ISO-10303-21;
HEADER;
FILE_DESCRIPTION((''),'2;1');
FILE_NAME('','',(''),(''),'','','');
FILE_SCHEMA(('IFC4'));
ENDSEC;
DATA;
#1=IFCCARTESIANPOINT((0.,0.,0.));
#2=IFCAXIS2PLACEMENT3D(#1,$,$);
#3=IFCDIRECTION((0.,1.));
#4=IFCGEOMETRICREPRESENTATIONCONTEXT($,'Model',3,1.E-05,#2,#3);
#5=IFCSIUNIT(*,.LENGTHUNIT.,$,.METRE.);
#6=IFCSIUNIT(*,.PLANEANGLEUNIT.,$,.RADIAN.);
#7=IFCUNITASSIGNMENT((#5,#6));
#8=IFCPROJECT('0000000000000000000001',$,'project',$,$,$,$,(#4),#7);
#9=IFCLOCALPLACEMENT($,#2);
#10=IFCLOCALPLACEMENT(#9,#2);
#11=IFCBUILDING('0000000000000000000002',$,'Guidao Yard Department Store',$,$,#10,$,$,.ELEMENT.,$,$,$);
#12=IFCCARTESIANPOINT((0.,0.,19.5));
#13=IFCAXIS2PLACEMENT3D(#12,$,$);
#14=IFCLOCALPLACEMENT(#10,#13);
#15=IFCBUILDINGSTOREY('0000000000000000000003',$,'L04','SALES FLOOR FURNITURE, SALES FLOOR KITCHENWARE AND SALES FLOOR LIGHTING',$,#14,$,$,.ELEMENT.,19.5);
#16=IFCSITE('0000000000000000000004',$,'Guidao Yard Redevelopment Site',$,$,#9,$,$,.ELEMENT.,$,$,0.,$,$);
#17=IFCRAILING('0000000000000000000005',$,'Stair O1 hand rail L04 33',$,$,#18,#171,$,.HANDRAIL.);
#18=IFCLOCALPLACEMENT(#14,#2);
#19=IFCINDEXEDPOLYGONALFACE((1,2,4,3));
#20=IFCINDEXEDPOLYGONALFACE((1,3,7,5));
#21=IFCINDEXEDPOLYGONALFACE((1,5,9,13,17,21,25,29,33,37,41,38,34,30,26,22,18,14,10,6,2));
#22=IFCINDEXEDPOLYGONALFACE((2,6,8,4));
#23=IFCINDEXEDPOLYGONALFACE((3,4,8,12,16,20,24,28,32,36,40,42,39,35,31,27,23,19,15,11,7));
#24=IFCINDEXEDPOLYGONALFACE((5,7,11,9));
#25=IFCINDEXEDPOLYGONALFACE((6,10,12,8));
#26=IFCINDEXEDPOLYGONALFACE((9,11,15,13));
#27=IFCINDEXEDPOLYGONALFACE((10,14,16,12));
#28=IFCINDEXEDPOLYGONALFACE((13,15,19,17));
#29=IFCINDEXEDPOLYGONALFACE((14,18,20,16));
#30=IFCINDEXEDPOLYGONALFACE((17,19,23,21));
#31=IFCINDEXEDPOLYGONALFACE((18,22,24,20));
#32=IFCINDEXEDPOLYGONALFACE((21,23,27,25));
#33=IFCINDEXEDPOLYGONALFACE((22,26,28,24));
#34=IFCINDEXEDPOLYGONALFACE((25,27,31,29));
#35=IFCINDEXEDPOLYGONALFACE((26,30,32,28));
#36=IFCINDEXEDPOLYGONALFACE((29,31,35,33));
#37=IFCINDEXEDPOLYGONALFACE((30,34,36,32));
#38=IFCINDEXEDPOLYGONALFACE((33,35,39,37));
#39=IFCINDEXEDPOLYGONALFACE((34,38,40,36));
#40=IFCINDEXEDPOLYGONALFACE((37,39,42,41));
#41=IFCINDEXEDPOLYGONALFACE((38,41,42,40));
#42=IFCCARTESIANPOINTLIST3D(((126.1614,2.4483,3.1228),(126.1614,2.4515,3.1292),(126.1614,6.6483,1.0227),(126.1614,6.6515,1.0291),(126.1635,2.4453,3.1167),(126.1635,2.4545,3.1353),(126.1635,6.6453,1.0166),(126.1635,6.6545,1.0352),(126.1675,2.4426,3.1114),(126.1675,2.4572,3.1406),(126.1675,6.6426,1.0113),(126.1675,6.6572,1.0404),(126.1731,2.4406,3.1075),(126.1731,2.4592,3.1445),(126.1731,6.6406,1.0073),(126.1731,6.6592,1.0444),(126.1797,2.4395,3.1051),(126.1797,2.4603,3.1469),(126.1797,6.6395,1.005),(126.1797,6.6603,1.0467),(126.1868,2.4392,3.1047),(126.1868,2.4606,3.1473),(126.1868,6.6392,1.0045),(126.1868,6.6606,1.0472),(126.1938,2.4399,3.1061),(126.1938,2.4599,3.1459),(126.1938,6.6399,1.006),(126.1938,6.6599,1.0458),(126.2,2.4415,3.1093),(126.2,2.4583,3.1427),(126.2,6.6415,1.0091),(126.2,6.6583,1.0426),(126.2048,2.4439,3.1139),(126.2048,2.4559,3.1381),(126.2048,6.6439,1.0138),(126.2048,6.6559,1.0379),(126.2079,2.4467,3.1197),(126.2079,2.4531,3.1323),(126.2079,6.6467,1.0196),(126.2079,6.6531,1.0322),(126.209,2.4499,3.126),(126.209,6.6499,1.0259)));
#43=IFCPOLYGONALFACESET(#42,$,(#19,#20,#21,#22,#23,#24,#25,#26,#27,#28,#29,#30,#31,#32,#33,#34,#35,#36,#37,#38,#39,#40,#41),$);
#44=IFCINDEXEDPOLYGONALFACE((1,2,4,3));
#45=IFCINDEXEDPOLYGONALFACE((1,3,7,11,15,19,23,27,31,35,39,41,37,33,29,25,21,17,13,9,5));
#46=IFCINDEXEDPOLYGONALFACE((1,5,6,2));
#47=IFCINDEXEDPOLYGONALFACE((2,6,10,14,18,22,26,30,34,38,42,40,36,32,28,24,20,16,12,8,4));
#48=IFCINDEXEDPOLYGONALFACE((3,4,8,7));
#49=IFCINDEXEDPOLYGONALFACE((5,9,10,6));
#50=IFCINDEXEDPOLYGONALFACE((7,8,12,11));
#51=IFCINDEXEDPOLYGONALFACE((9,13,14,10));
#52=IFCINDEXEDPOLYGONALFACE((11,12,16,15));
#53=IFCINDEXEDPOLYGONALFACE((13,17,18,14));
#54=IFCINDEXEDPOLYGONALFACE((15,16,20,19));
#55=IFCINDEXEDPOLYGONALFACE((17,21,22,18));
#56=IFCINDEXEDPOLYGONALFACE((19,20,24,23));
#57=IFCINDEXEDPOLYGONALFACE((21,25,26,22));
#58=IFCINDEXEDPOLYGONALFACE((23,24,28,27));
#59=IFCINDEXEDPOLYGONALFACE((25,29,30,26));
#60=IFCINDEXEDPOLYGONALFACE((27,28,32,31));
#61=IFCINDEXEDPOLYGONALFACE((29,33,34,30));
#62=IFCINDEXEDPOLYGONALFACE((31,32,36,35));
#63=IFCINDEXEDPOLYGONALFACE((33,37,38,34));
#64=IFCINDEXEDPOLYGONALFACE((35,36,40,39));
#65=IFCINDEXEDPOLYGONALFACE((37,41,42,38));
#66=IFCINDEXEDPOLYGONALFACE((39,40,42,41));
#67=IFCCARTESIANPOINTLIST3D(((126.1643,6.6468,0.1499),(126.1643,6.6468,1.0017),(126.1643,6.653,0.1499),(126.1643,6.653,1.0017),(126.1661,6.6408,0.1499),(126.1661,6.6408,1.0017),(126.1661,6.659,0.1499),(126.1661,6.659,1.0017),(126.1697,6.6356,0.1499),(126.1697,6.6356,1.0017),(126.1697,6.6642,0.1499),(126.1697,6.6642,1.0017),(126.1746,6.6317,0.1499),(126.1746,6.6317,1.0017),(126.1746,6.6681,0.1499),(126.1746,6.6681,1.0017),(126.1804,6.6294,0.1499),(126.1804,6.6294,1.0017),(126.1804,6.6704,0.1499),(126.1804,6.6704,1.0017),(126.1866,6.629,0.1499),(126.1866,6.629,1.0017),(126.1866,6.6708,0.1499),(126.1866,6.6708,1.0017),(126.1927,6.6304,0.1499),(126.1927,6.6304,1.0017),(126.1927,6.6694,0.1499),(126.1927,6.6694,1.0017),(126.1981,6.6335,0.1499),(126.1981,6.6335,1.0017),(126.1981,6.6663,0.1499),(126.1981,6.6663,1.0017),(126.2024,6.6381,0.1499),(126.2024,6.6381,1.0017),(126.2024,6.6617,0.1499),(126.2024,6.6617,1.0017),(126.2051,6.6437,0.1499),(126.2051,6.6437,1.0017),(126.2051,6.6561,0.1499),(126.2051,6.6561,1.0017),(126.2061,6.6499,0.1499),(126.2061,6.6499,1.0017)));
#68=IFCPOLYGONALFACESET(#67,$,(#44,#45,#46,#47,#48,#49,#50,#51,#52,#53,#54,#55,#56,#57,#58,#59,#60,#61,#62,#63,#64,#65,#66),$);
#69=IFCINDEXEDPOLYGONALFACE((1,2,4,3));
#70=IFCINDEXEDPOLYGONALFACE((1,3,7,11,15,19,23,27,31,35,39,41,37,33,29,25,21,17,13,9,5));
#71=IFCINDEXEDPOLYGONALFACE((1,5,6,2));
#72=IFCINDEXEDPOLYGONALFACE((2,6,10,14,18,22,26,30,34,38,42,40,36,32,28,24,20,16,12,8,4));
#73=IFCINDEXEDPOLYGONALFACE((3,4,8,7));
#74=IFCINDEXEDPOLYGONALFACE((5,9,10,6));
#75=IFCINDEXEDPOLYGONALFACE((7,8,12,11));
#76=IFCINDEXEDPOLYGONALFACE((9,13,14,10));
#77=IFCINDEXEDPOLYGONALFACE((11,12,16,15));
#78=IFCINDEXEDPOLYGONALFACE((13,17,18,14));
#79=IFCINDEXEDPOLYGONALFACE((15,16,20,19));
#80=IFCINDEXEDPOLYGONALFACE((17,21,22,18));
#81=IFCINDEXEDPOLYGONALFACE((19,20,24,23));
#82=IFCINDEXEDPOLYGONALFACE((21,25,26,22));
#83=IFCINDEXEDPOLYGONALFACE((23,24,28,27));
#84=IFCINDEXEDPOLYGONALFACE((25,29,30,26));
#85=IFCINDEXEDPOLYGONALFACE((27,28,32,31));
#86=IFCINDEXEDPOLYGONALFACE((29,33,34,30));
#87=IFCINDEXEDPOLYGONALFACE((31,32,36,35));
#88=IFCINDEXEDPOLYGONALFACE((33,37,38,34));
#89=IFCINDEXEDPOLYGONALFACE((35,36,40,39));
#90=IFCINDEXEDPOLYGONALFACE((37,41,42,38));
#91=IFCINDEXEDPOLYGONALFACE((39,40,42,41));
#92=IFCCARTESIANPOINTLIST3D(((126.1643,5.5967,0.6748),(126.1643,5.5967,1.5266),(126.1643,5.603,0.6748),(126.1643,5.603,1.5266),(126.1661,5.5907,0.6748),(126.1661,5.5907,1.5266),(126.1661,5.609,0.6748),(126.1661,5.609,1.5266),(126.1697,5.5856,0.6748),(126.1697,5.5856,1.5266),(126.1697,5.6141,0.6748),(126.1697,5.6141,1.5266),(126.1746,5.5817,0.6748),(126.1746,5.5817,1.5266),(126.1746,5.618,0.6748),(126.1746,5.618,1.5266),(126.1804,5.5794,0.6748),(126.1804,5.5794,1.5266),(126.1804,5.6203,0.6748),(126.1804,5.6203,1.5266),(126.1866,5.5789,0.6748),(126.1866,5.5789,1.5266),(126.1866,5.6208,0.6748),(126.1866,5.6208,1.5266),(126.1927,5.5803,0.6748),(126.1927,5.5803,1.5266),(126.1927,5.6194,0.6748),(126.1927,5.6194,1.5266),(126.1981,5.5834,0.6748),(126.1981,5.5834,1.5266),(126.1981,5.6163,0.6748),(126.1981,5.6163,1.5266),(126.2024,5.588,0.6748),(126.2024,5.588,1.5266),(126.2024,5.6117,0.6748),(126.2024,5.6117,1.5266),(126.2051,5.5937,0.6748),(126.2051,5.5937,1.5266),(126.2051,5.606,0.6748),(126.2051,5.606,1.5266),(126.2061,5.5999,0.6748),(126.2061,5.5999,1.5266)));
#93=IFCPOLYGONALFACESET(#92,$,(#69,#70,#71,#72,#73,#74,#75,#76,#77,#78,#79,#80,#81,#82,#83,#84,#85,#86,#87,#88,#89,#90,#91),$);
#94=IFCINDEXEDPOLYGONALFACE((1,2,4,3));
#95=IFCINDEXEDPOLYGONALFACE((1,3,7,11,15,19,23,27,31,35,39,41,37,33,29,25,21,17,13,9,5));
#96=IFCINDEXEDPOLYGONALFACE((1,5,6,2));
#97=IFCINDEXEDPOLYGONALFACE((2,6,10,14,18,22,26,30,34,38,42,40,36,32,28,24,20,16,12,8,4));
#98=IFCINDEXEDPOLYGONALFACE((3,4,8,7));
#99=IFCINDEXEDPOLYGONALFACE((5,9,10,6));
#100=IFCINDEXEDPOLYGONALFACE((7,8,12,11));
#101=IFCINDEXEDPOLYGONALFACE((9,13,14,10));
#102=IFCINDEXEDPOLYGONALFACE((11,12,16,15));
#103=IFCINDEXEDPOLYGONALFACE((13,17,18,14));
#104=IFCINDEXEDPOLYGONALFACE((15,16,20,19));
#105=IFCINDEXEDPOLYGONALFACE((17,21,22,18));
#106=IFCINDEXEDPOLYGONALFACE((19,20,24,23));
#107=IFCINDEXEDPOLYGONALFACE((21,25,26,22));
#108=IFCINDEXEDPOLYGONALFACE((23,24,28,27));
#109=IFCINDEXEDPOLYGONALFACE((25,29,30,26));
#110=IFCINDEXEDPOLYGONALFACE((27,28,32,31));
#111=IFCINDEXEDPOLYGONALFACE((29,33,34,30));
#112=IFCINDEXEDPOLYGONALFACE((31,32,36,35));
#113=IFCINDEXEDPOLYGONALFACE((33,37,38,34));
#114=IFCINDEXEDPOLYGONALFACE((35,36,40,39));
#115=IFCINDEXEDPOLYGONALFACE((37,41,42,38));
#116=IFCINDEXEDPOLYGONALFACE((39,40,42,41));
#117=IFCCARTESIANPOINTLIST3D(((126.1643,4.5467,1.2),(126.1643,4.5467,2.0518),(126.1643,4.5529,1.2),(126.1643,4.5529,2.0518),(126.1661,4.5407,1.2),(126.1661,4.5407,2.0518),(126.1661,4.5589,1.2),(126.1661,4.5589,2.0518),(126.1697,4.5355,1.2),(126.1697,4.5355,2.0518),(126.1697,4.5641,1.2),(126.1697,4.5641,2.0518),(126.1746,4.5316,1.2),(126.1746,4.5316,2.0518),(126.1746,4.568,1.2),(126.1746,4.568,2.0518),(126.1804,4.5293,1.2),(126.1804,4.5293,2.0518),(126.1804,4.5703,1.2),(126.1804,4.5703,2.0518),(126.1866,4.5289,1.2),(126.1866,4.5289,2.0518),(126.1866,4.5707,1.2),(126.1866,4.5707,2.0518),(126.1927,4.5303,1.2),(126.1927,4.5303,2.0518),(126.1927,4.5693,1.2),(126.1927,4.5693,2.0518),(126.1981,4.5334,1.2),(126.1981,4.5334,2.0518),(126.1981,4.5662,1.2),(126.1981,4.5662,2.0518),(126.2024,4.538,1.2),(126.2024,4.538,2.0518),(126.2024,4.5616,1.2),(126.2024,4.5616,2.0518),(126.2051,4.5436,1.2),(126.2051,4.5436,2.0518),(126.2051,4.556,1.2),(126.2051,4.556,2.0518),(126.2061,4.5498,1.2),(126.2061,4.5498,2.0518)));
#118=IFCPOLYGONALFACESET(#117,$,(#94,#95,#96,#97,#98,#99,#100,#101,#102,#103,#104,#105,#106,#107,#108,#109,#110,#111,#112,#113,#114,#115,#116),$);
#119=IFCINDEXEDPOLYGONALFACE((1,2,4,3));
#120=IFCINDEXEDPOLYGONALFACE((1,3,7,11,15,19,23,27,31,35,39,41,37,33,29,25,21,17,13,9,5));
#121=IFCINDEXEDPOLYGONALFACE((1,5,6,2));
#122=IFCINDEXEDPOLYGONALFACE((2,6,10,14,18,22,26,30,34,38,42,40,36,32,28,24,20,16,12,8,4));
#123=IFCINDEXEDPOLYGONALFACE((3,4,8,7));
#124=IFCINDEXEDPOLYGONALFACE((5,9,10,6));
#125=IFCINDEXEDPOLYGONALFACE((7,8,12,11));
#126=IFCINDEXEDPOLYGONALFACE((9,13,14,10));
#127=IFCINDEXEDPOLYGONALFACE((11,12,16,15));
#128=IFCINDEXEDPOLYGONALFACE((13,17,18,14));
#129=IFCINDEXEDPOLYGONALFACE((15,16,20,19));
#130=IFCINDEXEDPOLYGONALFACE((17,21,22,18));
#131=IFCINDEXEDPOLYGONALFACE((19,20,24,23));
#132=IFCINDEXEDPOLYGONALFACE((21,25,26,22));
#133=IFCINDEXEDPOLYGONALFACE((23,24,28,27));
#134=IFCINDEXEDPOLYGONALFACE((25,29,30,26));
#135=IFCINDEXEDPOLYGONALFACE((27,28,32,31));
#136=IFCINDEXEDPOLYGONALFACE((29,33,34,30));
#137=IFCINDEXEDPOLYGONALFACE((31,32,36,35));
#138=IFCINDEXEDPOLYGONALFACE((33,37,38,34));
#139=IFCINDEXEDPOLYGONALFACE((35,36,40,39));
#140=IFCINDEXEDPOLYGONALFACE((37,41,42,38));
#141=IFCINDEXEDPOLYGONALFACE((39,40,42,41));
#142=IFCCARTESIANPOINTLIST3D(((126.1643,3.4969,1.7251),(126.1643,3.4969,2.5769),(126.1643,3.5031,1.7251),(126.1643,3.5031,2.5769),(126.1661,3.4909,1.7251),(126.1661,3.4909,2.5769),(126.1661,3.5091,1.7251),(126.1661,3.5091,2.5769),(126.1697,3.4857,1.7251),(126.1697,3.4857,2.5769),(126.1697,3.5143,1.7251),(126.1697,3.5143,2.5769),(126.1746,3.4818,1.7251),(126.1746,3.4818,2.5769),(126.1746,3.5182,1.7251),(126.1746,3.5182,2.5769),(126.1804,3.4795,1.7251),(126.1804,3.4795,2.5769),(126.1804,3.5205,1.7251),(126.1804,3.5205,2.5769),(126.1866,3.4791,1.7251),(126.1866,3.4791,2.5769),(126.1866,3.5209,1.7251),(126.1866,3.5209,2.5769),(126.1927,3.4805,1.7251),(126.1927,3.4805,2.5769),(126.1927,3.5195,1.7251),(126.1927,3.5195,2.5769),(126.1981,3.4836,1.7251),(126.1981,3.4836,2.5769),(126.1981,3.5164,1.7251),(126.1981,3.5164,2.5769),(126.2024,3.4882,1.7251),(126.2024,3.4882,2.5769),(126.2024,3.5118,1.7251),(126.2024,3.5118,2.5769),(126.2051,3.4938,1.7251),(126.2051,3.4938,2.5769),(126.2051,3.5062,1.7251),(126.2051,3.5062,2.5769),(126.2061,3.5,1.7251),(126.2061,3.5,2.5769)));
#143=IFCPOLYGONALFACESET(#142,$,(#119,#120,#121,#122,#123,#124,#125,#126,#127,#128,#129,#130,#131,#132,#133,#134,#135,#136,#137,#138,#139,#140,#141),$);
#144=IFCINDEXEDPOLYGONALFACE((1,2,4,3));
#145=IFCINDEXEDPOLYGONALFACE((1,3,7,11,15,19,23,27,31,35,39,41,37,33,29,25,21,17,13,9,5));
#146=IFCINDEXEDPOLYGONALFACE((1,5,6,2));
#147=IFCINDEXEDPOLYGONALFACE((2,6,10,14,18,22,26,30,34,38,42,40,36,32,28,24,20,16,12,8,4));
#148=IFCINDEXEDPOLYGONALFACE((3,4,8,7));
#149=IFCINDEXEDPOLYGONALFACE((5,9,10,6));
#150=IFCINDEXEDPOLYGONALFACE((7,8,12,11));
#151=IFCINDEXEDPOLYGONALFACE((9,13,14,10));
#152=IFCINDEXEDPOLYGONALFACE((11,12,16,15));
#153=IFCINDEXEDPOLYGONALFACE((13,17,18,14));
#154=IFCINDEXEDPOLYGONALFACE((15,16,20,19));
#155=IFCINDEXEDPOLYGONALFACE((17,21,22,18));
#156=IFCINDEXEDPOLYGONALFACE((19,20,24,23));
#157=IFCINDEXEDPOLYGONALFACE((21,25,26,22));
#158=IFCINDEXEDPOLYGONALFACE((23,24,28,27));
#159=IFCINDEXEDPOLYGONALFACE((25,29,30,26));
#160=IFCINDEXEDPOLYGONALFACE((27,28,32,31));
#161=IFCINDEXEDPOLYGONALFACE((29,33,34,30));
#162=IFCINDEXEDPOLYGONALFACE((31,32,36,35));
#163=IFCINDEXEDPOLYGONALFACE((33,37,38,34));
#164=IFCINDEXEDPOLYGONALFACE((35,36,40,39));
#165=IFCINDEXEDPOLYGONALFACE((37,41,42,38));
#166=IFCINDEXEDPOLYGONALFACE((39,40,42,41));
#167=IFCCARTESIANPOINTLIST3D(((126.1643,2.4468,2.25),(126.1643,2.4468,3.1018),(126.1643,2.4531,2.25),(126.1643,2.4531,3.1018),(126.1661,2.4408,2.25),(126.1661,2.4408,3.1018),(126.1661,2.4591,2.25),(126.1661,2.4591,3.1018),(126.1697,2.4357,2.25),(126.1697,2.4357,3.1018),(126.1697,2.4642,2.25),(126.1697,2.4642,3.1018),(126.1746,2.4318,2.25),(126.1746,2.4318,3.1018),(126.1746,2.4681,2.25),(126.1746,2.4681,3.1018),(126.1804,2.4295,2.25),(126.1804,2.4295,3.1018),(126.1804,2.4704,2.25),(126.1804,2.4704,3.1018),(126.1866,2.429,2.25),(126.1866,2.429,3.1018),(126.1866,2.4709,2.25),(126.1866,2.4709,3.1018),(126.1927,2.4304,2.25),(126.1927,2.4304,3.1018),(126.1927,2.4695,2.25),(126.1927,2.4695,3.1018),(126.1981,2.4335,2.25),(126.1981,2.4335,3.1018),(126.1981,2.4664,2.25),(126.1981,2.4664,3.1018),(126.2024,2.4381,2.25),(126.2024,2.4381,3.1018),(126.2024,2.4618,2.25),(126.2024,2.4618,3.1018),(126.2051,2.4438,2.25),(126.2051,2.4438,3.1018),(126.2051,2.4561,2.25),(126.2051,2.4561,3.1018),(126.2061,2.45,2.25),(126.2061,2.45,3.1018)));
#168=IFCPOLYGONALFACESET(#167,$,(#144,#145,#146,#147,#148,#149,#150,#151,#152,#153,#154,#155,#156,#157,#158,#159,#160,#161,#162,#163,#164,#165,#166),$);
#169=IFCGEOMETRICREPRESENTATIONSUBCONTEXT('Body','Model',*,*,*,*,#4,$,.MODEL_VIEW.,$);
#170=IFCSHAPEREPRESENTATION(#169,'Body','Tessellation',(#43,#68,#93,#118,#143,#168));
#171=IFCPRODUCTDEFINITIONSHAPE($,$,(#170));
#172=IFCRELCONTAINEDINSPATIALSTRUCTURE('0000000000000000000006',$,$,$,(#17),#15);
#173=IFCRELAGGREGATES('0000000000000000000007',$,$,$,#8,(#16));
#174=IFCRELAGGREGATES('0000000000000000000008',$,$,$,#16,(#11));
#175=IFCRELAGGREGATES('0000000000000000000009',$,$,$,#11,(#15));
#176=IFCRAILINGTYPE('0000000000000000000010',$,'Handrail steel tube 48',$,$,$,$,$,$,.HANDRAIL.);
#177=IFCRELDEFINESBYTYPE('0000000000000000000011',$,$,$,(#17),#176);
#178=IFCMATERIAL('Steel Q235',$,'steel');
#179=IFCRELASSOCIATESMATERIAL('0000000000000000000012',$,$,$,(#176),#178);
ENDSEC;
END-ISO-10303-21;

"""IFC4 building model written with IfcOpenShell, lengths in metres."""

from ifc_helpers import new_model, si_unit, direction, frame, origin, origin_2d, place, context, subcontext, project, spatial, circle, extrude, material, type_object, element, save


model = new_model("IFC4")

# Units and contexts
model_context = context("Model", 3, precision=1e-05, world=origin(), true_north=direction((0.0, 1.0)))
body_context = subcontext(model_context, "Body", "Model", "MODEL_VIEW")
ifc_project = project(units=[si_unit("LENGTHUNIT", "METRE"), si_unit("PLANEANGLEUNIT", "RADIAN")], contexts=[model_context])

# Site, building, storey
site_placement = place(None, origin())
site = spatial("IfcSite", under=ifc_project, at=site_placement, Name="Guidao Yard Redevelopment Site", CompositionType="ELEMENT", RefElevation=0.0)
building_placement = place(site_placement, origin())
building = spatial("IfcBuilding", under=site, at=building_placement, Name="Guidao Yard Department Store", CompositionType="ELEMENT")
storey_placement = place(building_placement, frame((0.0, 0.0, 19.5)))
storey = spatial("IfcBuildingStorey", under=building, at=storey_placement, Name="L04", Description="SALES FLOOR FURNITURE, SALES FLOOR KITCHENWARE AND SALES FLOOR LIGHTING", CompositionType="ELEMENT", Elevation=19.5)

# Railing
ifc_material_1 = material(Name="Steel Q235", Category="steel")
railing_type_1 = type_object("IfcRailingType", Name="Handrail steel tube 48", PredefinedType="HANDRAIL", material=ifc_material_1)
for number, where, name in (
    (1, (126.1851, 6.6499, 0.1499), "Stair O1 hand rail L04 33"),
):
    element("IfcRailing", number, at=place(storey_placement, frame(where)), inside=storey, type_object=railing_type_1, Name=name, PredefinedType="HANDRAIL", context=body_context, shape_type="SweptSolid", body=[
        extrude(circle(Radius=0.0239, at=origin_2d()), frame((0.0, 0.0, 0.876), z_axis=(0.0, -0.894417, 0.447234), x_axis=(1.0, 0.0, 0.0)), (0.0, 0.0, 1.0), 4.6958),
        extrude(circle(Radius=0.021, at=origin_2d()), origin(), (0.0, 0.0, 1.0), 0.8518),
        extrude(circle(Radius=0.021, at=origin_2d()), frame((0.0, -1.05, 0.5249)), (0.0, 0.0, 1.0), 0.8518),
        extrude(circle(Radius=0.021, at=origin_2d()), frame((0.0, -2.1001, 1.05)), (0.0, 0.0, 1.0), 0.8518),
        extrude(circle(Radius=0.021, at=origin_2d()), frame((0.0, -3.1499, 1.5752)), (0.0, 0.0, 1.0), 0.8518),
        extrude(circle(Radius=0.021, at=origin_2d()), frame((0.0, -4.2, 2.1001)), (0.0, 0.0, 1.0), 0.8518),
    ])

save(model, "model.ifc")
